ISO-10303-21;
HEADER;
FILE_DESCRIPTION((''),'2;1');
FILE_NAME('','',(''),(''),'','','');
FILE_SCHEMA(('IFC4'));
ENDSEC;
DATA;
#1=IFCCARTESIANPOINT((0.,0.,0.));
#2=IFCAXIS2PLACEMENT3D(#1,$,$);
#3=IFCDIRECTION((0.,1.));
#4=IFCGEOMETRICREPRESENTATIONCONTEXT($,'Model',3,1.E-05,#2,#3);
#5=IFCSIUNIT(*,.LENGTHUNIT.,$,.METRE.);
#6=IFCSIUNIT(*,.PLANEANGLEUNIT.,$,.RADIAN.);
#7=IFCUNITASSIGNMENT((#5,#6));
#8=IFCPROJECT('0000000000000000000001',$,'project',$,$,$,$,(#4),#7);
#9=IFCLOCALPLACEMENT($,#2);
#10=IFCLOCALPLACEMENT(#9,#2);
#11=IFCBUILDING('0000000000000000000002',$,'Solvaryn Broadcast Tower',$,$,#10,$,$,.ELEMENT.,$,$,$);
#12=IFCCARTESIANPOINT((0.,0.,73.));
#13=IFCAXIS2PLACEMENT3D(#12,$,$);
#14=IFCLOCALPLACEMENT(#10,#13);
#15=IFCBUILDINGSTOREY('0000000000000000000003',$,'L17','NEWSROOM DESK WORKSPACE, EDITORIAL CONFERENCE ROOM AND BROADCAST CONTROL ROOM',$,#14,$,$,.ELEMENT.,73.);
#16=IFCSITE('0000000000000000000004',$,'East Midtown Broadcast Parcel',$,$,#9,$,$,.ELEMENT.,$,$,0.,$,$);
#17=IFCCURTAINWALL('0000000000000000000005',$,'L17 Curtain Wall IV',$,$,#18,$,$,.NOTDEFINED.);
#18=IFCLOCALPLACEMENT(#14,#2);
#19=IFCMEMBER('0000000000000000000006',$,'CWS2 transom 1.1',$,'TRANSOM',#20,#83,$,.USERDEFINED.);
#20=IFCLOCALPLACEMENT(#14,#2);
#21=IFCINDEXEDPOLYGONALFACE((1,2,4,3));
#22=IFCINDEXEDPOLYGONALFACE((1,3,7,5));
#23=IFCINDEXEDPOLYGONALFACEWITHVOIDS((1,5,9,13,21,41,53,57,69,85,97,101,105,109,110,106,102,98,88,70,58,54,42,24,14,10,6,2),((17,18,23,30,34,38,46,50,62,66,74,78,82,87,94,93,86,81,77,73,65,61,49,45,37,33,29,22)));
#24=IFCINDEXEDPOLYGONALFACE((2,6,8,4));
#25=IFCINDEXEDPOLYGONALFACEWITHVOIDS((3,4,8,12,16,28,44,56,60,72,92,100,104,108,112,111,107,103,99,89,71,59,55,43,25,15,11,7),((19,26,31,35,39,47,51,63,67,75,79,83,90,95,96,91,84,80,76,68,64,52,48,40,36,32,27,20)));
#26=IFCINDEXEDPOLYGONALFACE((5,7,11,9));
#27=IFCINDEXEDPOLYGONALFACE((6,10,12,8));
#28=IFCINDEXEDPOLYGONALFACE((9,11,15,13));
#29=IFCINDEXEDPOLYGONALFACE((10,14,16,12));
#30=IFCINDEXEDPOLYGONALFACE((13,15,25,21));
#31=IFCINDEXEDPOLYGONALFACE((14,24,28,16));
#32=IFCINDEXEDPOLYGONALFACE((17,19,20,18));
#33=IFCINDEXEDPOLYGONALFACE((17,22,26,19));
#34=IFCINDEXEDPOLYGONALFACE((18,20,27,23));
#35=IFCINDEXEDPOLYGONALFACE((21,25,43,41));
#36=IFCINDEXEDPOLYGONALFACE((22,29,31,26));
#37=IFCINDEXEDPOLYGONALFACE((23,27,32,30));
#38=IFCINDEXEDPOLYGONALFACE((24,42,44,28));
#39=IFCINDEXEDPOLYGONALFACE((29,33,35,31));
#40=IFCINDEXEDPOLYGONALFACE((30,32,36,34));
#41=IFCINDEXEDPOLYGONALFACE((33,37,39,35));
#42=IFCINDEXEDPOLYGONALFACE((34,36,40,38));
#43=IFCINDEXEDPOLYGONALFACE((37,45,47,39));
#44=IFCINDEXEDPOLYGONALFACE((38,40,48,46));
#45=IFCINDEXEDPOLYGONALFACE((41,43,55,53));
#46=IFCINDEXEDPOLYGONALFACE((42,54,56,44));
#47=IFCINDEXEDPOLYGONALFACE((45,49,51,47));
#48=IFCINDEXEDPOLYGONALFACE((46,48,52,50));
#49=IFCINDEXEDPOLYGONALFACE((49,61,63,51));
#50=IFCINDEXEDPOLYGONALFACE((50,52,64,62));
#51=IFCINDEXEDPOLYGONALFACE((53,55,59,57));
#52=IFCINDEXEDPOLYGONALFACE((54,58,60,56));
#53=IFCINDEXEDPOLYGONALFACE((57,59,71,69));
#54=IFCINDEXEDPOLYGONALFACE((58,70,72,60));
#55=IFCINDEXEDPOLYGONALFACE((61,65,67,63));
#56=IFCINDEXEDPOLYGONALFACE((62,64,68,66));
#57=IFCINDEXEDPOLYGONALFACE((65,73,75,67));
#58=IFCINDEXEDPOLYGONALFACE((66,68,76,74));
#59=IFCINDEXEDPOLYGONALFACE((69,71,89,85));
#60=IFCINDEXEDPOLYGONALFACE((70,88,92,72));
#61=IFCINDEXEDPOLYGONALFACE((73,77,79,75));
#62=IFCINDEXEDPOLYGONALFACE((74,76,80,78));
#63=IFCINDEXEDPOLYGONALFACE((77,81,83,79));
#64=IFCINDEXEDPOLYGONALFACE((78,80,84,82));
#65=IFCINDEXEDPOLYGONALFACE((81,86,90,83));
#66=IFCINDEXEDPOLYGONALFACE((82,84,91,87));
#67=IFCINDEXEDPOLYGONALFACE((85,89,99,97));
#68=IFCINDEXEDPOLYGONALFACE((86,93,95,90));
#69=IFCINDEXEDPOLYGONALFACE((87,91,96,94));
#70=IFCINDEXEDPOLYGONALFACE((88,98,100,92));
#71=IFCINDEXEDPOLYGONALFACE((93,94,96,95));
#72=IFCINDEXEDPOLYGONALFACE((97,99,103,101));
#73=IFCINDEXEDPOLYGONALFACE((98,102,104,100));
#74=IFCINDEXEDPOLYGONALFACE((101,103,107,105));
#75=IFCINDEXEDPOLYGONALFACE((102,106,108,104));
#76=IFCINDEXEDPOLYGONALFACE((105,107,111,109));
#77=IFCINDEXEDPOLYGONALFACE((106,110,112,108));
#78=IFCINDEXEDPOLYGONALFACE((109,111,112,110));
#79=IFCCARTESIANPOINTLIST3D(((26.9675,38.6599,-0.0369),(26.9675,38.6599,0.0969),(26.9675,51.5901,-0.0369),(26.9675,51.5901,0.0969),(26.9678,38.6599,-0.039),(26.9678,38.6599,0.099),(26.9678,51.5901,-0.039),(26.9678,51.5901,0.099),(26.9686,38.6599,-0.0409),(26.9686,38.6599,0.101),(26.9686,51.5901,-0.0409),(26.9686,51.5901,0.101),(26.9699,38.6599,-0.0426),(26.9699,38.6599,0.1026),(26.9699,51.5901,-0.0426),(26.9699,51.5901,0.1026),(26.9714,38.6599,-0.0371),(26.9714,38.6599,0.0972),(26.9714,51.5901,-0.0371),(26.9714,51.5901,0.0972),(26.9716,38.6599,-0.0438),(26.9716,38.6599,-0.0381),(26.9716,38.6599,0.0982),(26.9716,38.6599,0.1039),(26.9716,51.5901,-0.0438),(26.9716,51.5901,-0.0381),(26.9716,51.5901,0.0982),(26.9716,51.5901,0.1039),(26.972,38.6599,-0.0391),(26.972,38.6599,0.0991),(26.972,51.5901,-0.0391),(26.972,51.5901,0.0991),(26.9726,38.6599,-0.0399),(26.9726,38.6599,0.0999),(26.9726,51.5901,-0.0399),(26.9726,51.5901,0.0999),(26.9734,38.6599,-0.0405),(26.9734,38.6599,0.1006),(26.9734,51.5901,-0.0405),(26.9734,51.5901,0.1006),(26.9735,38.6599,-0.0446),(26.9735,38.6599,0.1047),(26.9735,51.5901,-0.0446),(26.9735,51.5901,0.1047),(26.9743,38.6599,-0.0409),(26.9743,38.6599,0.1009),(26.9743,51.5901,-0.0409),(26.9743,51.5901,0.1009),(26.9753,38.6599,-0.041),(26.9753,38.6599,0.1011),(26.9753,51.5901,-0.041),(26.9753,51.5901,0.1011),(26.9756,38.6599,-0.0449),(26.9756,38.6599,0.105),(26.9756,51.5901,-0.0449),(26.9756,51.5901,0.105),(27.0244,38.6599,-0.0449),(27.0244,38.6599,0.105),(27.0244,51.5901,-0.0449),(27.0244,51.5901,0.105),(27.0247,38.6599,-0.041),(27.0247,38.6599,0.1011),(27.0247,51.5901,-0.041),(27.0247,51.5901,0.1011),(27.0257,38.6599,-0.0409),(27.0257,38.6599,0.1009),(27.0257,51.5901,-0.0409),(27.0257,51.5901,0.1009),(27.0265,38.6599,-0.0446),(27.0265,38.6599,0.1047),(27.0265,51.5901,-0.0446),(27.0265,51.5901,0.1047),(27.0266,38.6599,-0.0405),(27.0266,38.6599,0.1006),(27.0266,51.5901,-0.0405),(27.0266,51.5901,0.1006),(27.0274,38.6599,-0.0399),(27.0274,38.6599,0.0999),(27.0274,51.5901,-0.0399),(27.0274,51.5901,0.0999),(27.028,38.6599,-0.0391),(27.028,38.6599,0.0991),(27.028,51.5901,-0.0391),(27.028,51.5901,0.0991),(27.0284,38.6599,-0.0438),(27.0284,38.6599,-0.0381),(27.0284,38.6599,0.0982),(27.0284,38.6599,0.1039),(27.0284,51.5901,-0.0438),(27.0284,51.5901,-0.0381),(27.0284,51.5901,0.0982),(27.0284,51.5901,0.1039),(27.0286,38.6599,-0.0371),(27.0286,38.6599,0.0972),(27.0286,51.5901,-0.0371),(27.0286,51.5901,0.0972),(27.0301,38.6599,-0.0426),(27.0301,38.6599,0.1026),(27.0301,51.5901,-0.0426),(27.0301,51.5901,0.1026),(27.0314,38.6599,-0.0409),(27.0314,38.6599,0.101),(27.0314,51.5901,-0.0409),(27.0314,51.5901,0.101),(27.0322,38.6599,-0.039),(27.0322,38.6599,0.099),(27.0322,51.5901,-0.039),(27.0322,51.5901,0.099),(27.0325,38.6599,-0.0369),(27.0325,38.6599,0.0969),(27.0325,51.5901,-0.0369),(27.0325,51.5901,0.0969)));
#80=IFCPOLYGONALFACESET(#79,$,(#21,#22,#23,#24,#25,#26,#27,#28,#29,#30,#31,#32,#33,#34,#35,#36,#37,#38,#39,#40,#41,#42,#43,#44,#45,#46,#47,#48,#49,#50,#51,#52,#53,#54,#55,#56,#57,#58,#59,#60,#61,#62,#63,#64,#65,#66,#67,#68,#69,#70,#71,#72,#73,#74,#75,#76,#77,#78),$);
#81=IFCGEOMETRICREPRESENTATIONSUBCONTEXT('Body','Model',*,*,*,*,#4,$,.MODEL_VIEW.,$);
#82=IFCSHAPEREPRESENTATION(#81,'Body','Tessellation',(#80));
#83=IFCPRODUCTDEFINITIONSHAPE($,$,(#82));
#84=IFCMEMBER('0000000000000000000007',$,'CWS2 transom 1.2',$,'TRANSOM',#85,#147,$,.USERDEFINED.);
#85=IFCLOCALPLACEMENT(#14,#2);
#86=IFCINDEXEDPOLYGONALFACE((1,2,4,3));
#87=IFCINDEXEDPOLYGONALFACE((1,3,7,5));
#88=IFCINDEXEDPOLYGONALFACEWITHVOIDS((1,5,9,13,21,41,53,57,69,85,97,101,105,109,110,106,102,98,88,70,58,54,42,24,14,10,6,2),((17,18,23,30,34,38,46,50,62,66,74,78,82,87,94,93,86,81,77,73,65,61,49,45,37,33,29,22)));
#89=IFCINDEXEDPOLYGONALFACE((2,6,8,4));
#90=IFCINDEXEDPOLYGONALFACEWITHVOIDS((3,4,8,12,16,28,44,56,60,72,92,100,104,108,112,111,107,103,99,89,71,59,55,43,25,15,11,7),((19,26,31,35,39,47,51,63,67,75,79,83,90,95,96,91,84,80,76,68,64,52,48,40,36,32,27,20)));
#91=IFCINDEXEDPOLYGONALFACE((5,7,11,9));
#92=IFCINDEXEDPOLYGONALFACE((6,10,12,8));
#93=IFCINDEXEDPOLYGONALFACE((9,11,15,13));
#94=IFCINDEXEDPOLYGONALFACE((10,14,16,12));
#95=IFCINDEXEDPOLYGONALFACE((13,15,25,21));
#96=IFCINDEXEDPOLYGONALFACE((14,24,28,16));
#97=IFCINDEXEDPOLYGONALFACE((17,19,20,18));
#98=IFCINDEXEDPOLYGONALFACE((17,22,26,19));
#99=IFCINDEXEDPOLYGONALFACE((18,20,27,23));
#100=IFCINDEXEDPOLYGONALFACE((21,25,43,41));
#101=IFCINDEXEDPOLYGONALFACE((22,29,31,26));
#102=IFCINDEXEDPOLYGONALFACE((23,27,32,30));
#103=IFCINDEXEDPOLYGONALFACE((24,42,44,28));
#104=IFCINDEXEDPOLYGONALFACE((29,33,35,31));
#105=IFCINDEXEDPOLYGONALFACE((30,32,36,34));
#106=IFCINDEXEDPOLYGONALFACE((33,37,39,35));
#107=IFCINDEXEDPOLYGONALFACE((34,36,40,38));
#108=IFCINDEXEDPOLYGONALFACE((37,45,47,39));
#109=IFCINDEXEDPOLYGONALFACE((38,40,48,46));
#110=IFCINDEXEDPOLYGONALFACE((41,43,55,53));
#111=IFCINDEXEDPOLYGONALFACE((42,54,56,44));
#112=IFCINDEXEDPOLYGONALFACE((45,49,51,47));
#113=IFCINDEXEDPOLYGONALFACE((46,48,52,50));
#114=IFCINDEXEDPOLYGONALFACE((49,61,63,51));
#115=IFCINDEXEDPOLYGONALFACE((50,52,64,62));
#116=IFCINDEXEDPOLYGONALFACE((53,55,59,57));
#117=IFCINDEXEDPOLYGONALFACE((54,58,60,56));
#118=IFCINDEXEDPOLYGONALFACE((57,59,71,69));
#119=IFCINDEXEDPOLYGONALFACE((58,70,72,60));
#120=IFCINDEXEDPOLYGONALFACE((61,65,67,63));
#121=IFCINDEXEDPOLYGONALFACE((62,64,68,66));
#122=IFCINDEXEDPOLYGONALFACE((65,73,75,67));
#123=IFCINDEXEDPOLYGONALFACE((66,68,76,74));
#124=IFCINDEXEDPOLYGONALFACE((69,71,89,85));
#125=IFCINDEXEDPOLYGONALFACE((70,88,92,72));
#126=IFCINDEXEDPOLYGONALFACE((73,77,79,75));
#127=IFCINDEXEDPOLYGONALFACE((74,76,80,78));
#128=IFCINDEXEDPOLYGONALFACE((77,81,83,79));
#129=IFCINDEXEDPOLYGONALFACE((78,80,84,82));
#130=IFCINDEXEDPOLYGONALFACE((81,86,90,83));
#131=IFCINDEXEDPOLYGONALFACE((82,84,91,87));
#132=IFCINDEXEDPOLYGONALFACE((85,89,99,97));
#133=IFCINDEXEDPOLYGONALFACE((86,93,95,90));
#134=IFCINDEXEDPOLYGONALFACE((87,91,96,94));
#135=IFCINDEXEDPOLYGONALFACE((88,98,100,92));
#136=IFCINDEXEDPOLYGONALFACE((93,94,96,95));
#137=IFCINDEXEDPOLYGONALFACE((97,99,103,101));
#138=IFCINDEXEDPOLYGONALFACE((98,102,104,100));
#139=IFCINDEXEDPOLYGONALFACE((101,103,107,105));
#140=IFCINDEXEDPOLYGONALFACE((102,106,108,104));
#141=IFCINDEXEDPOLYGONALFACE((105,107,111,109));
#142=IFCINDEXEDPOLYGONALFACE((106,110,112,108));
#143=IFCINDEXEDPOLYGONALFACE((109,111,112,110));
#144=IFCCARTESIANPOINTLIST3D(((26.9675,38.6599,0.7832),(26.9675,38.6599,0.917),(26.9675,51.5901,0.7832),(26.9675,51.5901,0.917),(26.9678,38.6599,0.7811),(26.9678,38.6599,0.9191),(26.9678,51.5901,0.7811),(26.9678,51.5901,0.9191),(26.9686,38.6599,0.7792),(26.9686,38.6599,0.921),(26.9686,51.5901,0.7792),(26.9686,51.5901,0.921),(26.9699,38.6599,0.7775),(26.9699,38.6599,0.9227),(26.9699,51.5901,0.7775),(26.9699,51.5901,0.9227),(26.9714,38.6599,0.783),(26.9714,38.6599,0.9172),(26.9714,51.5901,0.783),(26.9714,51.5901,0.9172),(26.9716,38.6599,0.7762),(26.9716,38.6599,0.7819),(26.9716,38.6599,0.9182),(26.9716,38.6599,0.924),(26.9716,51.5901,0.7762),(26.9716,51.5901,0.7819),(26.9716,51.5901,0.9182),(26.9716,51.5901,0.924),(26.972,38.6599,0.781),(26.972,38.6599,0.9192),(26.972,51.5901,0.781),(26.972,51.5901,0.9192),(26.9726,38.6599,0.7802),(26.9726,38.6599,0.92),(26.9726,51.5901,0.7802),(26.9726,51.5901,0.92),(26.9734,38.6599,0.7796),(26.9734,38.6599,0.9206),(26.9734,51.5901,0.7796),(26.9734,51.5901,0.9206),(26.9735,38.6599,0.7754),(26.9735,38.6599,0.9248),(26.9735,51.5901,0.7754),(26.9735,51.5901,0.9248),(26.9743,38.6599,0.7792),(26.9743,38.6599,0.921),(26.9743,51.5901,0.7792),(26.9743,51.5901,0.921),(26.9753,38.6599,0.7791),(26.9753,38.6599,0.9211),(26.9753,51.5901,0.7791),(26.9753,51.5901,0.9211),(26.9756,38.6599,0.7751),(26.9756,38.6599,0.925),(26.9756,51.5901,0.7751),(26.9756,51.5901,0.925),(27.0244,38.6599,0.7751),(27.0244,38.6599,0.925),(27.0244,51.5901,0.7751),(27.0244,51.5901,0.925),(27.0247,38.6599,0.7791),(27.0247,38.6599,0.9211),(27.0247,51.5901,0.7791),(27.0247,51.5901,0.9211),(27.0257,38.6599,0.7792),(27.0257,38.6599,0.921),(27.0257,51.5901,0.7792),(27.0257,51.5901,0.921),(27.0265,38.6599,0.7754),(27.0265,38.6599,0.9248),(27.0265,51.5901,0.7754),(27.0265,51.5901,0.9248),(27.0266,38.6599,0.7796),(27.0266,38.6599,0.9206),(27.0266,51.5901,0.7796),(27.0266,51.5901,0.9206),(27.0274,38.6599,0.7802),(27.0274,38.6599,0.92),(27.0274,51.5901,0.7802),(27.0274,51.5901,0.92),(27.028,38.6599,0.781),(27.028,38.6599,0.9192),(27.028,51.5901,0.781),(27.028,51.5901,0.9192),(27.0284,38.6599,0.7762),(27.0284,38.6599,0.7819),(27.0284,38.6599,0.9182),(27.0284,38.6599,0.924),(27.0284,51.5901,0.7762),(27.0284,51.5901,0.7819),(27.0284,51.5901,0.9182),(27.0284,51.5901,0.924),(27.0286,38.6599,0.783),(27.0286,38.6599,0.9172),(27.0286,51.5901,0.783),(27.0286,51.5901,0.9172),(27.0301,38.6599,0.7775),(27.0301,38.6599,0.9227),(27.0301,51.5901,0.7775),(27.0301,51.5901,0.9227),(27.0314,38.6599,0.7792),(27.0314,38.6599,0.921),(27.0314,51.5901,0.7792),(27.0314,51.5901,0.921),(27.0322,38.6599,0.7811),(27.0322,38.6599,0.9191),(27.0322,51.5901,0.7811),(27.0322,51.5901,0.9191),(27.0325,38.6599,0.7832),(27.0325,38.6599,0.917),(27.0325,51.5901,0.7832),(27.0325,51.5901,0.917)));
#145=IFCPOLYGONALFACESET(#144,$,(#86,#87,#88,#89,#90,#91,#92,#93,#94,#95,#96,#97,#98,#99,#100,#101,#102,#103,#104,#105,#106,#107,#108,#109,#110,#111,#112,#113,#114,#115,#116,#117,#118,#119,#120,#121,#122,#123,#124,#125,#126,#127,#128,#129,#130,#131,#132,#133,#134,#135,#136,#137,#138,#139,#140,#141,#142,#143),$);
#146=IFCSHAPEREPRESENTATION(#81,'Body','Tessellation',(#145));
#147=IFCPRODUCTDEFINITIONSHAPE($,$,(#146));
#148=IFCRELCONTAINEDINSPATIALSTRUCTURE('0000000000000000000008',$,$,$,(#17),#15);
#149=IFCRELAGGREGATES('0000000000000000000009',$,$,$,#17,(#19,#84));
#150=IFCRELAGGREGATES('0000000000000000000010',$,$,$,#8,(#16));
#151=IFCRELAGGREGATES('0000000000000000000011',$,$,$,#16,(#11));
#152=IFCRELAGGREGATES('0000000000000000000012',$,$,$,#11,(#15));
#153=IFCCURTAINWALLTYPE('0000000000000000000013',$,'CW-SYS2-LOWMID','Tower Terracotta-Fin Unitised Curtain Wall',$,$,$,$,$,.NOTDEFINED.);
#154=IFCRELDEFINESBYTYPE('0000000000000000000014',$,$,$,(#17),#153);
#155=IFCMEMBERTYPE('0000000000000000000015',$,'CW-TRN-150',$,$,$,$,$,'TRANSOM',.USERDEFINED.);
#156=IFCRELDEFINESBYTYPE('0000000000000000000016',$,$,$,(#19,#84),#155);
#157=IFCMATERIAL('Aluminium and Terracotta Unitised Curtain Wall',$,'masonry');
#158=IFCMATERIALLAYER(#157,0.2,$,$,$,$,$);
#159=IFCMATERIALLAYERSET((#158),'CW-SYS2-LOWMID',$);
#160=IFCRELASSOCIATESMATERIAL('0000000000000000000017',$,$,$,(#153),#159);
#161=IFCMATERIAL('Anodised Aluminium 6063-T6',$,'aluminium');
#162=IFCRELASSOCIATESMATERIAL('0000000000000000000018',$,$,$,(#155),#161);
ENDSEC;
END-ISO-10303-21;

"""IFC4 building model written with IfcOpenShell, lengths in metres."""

from ifc_helpers import new_model, si_unit, direction, frame, origin, origin_2d, place, context, subcontext, project, spatial, hollow_rectangle, extrude, material, layer, layer_set, material_profile, profile_set, type_object, element, aggregate, save


model = new_model("IFC4")

# Units and contexts
model_context = context("Model", 3, precision=1e-05, world=origin(), true_north=direction((0.0, 1.0)))
body_context = subcontext(model_context, "Body", "Model", "MODEL_VIEW")
ifc_project = project(units=[si_unit("LENGTHUNIT", "METRE"), si_unit("PLANEANGLEUNIT", "RADIAN")], contexts=[model_context])

# Site, building, storey
site_placement = place(None, origin())
site = spatial("IfcSite", under=ifc_project, at=site_placement, Name="East Midtown Broadcast Parcel", CompositionType="ELEMENT", RefElevation=0.0)
building_placement = place(site_placement, origin())
building = spatial("IfcBuilding", under=site, at=building_placement, Name="Solvaryn Broadcast Tower", CompositionType="ELEMENT")
storey_placement = place(building_placement, frame((0.0, 0.0, 73.0)))
storey = spatial("IfcBuildingStorey", under=building, at=storey_placement, Name="L17", Description="NEWSROOM DESK WORKSPACE, EDITORIAL CONFERENCE ROOM AND BROADCAST CONTROL ROOM", CompositionType="ELEMENT", Elevation=73.0)

# Curtain wall
ifc_material_1 = material(Name="Aluminium and Terracotta Unitised Curtain Wall", Category="masonry")
ifc_layer_1 = layer(ifc_material_1, 0.2)
ifc_layer_set_1 = layer_set([ifc_layer_1], Name="CW-SYS2-LOWMID")
curtain_wall_type = type_object("IfcCurtainWallType", Name="CW-SYS2-LOWMID", Description="Tower Terracotta-Fin Unitised Curtain Wall", PredefinedType="NOTDEFINED", material=ifc_layer_set_1)
curtain_wall_1_placement = place(storey_placement, origin())
curtain_wall_1 = element("IfcCurtainWall", 1, at=curtain_wall_1_placement, inside=storey, type_object=curtain_wall_type, Name="L17 Curtain Wall IV", PredefinedType="NOTDEFINED")

# Members
ifc_material_2 = material(Name="Anodised Aluminium 6063-T6", Category="aluminium")
ifc_material_profile_1 = material_profile(ifc_material_2, hollow_rectangle(XDim=0.0649, YDim=0.1499, WallThickness=0.0039, InnerFilletRadius=0.0039, OuterFilletRadius=0.0081, at=origin_2d()))
ifc_profile_set_1 = profile_set([ifc_material_profile_1], Name="Anodised Aluminium 6063-T6")
member_type_1 = type_object("IfcMemberType", Name="CW-TRN-150", ElementType="TRANSOM", PredefinedType="USERDEFINED", material=ifc_profile_set_1)
member_1_placement = place(storey_placement, frame((27.0, 51.5901, 0.03), z_axis=(0.0, -1.0, 0.0), x_axis=(1.0, 0.0, 0.0)))
member_1 = element("IfcMember", 2, at=member_1_placement, type_object=member_type_1, Name="CWS2 transom 1.1", ObjectType="TRANSOM", PredefinedType="USERDEFINED", context=body_context, shape_type="SweptSolid", body=[
    extrude(hollow_rectangle(XDim=0.0649, YDim=0.1499, WallThickness=0.0039, InnerFilletRadius=0.0039, OuterFilletRadius=0.0081, at=origin_2d()), origin(), (0.0, 0.0, 1.0), 12.9302),
])
member_2_placement = place(storey_placement, frame((27.0, 51.5901, 0.8501), z_axis=(0.0, -1.0, 0.0), x_axis=(1.0, 0.0, 0.0)))
member_2 = element("IfcMember", 3, at=member_2_placement, type_object=member_type_1, Name="CWS2 transom 1.2", ObjectType="TRANSOM", PredefinedType="USERDEFINED", context=body_context, shape_type="SweptSolid", body=[
    extrude(hollow_rectangle(XDim=0.0649, YDim=0.1499, WallThickness=0.0039, InnerFilletRadius=0.0039, OuterFilletRadius=0.0081, at=origin_2d()), origin(), (0.0, 0.0, 1.0), 12.9302),
])

aggregate(curtain_wall_1, [member_1, member_2])

save(model, "model.ifc")
